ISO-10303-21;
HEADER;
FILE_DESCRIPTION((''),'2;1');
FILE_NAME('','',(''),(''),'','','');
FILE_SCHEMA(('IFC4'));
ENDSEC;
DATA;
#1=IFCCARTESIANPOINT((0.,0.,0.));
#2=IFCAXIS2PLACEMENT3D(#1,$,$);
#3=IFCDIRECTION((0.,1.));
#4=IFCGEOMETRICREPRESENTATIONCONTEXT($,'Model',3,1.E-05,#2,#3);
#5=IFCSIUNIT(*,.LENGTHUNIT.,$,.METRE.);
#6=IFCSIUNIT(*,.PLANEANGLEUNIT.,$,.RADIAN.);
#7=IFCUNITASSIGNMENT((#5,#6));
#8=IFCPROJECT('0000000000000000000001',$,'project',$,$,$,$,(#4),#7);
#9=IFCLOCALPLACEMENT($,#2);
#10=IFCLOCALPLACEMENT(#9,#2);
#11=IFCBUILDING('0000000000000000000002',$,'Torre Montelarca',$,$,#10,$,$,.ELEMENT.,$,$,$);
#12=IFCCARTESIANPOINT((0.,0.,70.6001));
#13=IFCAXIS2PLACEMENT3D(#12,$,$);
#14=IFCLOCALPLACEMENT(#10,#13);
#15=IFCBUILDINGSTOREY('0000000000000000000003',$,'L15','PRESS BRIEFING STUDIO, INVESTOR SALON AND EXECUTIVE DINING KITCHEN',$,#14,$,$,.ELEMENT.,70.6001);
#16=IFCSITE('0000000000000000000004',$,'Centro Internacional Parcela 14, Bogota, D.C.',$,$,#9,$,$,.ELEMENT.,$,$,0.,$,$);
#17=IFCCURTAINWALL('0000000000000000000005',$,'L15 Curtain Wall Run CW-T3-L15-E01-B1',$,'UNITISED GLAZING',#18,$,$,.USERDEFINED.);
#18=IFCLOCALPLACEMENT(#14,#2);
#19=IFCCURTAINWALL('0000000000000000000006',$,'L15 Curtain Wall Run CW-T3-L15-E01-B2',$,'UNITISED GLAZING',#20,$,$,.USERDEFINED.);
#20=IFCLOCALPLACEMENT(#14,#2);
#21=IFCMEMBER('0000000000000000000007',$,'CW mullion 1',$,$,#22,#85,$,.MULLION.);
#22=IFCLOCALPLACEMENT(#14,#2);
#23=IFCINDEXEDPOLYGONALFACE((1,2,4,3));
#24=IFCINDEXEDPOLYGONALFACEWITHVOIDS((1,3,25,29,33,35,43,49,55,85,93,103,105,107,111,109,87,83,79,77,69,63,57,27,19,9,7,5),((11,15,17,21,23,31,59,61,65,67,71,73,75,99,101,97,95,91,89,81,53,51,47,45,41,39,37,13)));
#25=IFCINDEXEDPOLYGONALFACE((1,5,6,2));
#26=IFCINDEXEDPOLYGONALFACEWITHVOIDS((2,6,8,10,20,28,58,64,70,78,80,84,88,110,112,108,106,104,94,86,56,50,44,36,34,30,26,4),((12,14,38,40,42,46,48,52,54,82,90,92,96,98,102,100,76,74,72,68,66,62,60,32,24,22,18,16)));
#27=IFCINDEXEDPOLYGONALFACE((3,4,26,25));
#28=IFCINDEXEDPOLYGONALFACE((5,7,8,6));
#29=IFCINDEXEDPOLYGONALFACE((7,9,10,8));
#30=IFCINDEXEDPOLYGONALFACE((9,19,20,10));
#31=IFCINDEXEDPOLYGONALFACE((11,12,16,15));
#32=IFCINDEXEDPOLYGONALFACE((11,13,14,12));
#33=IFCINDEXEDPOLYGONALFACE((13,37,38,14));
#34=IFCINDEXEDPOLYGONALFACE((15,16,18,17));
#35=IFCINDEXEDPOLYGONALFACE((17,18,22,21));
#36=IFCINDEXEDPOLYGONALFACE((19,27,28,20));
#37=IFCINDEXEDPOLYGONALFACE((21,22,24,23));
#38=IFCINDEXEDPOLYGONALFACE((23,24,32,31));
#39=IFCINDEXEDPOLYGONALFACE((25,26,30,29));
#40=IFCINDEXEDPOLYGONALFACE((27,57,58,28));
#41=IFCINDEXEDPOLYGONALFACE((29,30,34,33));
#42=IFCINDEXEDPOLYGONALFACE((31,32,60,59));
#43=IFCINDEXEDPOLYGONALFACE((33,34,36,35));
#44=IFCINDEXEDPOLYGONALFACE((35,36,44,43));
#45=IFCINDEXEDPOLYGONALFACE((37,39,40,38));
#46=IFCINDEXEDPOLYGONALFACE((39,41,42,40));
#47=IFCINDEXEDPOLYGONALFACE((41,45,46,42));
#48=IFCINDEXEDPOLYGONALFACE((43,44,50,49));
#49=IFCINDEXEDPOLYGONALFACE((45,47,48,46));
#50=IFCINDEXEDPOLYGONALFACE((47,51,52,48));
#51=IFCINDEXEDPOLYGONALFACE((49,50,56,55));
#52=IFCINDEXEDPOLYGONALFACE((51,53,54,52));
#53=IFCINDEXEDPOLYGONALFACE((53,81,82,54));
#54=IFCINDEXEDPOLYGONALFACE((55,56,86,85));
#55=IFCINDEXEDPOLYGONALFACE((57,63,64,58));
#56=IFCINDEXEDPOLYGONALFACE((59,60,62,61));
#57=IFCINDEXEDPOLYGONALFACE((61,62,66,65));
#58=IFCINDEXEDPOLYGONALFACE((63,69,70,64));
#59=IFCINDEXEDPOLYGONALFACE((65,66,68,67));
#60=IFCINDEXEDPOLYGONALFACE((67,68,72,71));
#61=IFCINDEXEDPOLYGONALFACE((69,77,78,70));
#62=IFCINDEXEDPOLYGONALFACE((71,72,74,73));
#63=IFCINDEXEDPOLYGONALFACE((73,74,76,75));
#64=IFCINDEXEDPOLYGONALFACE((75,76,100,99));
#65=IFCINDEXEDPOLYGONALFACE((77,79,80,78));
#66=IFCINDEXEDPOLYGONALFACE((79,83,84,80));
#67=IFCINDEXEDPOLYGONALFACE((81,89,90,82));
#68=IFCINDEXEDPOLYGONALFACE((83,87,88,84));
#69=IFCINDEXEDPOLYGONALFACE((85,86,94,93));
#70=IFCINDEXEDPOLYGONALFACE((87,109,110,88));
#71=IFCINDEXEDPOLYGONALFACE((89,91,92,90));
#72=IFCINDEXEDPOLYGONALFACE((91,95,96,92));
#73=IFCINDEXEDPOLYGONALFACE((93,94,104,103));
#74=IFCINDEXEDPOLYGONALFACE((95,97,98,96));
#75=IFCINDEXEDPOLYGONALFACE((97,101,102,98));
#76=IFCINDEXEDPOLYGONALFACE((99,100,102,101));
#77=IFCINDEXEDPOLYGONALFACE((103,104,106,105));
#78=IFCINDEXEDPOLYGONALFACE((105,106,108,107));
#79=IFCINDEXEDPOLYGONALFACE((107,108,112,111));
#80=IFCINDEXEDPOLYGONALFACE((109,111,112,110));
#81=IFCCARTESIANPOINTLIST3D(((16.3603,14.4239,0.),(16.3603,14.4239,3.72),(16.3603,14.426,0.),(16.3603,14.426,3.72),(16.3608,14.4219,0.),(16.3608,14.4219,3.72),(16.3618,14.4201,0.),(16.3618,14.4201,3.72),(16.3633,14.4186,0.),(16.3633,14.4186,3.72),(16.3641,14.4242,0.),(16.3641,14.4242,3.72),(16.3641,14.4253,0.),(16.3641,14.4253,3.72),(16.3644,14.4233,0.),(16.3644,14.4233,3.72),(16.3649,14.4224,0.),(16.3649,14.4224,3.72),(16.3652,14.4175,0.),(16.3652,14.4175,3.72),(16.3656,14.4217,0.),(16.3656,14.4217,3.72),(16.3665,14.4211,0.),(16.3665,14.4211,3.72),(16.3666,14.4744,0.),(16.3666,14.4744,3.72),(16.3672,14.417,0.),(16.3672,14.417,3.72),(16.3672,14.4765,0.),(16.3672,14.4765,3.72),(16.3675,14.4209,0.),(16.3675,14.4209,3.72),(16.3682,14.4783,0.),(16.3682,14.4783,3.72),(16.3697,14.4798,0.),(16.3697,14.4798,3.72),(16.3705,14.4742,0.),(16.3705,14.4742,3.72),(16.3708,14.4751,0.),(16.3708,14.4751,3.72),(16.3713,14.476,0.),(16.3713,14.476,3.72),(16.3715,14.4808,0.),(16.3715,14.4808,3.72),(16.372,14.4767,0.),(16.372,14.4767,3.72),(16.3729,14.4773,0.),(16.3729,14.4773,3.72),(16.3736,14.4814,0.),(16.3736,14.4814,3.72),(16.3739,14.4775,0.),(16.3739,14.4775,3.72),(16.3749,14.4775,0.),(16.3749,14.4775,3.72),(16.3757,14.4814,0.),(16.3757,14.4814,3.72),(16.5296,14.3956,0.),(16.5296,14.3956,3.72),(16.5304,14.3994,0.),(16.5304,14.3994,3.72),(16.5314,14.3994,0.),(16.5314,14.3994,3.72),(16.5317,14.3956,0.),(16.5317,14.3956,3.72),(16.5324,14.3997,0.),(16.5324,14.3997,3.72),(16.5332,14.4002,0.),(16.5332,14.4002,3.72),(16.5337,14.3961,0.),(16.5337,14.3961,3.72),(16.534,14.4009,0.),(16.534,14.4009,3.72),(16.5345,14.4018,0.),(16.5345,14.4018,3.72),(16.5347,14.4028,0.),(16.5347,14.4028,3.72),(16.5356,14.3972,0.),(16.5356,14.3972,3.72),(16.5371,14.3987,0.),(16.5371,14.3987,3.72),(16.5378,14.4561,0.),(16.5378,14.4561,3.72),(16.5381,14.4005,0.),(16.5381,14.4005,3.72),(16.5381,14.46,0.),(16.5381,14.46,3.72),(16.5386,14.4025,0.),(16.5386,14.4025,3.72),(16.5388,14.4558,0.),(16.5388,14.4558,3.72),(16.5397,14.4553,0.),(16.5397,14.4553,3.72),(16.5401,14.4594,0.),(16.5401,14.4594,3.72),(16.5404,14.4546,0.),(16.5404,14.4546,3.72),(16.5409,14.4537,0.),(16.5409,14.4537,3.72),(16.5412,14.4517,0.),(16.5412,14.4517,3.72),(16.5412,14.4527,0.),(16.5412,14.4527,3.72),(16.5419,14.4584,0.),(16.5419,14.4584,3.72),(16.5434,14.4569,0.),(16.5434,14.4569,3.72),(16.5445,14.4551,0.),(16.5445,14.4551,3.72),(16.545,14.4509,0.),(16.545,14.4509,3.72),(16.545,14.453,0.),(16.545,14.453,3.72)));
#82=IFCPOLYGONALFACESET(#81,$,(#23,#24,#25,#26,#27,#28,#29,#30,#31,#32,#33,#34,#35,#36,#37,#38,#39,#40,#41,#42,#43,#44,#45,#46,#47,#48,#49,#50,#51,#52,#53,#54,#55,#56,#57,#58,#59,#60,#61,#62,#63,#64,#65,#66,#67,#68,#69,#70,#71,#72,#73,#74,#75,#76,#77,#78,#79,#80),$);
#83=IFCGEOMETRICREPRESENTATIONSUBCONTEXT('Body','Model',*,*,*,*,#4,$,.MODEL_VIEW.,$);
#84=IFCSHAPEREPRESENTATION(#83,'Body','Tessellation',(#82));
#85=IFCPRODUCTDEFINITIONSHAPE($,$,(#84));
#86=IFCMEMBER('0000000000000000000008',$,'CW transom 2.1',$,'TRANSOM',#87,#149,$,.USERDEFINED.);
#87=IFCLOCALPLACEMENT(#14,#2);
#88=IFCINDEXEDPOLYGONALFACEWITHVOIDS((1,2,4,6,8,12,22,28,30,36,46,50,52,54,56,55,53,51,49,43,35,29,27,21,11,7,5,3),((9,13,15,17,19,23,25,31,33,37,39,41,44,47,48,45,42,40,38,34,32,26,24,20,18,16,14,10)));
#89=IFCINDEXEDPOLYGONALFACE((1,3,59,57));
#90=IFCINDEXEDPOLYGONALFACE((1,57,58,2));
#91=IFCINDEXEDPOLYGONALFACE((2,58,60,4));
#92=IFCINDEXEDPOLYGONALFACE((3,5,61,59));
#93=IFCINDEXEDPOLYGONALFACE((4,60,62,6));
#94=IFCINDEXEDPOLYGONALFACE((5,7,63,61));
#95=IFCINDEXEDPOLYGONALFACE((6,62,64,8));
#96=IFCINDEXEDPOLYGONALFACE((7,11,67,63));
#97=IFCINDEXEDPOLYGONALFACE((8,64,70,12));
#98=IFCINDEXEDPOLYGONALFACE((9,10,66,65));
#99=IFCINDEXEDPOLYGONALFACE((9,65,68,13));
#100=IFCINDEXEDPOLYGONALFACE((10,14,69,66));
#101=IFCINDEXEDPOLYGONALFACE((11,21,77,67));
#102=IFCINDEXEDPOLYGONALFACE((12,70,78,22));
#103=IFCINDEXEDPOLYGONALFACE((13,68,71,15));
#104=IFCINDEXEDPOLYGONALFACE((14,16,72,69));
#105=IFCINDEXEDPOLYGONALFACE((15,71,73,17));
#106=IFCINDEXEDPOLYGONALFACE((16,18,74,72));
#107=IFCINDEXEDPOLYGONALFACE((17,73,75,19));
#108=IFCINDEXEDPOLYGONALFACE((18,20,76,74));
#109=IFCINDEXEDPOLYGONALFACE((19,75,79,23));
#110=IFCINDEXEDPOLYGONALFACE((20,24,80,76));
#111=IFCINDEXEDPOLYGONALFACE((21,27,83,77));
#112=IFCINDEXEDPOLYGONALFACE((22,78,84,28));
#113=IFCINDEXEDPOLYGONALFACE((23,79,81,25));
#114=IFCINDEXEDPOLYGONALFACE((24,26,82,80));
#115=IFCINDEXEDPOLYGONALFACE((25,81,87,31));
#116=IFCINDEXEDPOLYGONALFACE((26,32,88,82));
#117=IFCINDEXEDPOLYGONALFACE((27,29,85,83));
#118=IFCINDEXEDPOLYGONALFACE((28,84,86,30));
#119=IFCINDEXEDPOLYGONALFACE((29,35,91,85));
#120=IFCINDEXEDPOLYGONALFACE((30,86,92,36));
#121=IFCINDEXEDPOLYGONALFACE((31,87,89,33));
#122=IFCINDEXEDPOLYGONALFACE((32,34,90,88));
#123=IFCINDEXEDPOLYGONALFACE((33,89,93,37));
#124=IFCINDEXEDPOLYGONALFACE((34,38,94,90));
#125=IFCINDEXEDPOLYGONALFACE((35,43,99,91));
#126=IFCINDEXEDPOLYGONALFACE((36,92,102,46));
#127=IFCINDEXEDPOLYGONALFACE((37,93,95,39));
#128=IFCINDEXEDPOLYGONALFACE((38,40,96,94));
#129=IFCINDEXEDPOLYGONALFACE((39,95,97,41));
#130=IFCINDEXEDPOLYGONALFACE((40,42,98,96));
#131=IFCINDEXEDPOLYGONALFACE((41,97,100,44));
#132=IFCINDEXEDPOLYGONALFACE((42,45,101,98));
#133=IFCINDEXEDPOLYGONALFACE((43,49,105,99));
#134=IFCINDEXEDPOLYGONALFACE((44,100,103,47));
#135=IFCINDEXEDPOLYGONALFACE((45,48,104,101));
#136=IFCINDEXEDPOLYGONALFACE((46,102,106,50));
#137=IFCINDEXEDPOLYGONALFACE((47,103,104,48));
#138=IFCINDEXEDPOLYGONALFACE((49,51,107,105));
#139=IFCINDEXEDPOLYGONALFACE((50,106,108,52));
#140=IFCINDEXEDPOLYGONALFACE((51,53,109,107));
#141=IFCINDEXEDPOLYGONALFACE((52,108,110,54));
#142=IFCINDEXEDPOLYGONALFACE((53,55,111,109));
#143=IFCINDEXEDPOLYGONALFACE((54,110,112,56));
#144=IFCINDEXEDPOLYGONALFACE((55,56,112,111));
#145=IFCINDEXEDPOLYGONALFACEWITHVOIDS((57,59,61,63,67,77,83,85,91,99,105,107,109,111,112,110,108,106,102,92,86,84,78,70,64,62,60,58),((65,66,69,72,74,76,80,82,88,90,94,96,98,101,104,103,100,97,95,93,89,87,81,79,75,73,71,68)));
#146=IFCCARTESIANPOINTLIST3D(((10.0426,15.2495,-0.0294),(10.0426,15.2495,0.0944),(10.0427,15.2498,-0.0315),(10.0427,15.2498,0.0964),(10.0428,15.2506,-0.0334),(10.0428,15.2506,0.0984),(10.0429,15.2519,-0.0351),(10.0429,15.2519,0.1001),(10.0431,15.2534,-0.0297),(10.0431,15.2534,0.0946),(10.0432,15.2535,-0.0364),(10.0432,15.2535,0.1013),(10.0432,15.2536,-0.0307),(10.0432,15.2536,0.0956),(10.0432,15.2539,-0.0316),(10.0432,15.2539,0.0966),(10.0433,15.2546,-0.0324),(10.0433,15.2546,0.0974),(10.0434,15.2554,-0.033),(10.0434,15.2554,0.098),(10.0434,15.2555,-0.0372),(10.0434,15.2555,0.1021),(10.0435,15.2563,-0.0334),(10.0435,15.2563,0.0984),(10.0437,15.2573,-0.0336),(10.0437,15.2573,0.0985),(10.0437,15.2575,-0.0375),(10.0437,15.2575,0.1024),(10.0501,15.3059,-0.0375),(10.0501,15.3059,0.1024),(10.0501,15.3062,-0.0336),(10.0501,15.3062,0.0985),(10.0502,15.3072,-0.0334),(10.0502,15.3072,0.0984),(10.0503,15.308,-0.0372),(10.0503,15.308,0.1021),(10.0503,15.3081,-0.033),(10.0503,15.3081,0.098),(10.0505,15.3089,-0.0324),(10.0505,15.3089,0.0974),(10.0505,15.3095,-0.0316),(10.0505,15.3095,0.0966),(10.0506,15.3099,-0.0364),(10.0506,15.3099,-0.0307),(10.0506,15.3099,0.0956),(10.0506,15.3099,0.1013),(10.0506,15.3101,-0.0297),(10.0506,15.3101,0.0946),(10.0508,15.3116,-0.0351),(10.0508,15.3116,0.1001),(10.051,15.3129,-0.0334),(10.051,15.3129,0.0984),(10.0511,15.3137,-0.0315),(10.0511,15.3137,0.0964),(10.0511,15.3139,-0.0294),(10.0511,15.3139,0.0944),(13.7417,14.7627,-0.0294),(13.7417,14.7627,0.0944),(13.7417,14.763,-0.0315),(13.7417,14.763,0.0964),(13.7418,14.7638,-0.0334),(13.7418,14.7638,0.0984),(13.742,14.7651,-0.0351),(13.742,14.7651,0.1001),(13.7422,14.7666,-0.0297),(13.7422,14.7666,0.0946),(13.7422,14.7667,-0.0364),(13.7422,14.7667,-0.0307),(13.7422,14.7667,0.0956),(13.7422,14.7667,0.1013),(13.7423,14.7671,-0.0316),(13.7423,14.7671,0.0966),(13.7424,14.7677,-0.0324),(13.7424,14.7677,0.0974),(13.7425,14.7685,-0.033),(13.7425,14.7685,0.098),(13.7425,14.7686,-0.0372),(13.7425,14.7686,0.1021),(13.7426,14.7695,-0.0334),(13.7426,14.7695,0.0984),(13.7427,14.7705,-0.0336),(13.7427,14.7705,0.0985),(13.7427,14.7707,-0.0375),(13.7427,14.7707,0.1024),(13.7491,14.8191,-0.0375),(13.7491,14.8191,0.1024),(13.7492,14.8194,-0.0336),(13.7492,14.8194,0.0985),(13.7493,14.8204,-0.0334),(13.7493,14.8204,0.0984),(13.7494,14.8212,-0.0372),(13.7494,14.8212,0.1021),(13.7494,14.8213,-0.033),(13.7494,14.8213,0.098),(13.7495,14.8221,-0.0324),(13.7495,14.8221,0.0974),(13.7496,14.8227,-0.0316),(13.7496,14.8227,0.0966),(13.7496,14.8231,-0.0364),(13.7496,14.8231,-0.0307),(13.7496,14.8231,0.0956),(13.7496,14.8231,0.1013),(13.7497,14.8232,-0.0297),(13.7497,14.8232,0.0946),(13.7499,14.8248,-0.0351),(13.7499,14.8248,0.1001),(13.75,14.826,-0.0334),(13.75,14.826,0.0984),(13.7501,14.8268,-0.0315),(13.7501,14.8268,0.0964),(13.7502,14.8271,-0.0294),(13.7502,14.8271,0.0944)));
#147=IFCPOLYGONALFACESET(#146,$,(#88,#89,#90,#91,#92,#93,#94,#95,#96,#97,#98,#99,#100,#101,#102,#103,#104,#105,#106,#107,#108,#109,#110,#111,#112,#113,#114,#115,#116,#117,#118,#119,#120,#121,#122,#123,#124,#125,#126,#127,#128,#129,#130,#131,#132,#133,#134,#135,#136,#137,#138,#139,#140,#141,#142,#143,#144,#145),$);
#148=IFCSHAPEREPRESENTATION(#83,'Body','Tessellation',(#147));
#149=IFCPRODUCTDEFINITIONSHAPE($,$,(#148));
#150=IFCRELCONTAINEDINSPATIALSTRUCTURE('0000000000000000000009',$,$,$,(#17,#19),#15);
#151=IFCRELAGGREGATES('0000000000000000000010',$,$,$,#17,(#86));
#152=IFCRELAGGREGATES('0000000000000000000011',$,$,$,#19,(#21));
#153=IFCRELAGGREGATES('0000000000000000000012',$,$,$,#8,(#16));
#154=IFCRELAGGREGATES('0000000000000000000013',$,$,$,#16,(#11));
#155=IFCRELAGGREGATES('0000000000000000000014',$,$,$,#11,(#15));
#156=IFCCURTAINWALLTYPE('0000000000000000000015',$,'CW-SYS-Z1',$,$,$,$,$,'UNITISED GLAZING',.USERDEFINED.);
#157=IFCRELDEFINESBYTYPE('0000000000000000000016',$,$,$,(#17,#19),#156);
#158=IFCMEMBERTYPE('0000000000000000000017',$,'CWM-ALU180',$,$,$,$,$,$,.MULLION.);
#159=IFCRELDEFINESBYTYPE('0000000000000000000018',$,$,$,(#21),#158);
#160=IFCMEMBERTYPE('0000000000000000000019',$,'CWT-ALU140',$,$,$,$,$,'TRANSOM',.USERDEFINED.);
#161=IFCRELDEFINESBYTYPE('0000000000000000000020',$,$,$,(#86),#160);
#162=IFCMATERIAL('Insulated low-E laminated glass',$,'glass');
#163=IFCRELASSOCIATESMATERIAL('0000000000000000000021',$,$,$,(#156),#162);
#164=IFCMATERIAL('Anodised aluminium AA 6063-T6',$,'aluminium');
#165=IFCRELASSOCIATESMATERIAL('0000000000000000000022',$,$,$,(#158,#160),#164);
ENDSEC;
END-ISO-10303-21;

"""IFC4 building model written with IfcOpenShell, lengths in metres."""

from ifc_helpers import new_model, si_unit, direction, frame, origin, origin_2d, place, context, subcontext, project, spatial, hollow_rectangle, extrude, source, transform, mapped, material, material_profile, profile_set, type_object, element, aggregate, save


model = new_model("IFC4")

# Units and contexts
model_context = context("Model", 3, precision=1e-05, world=origin(), true_north=direction((0.0, 1.0)))
body_context = subcontext(model_context, "Body", "Model", "MODEL_VIEW")
ifc_project = project(units=[si_unit("LENGTHUNIT", "METRE"), si_unit("PLANEANGLEUNIT", "RADIAN")], contexts=[model_context])

# Site, building, storey
site_placement = place(None, origin())
site = spatial("IfcSite", under=ifc_project, at=site_placement, Name="Centro Internacional Parcela 14, Bogota, D.C.", CompositionType="ELEMENT", RefElevation=0.0)
building_placement = place(site_placement, origin())
building = spatial("IfcBuilding", under=site, at=building_placement, Name="Torre Montelarca", CompositionType="ELEMENT")
storey_placement = place(building_placement, frame((0.0, 0.0, 70.6001)))
storey = spatial("IfcBuildingStorey", under=building, at=storey_placement, Name="L15", Description="PRESS BRIEFING STUDIO, INVESTOR SALON AND EXECUTIVE DINING KITCHEN", CompositionType="ELEMENT", Elevation=70.6001)

# Curtain wall
ifc_material_1 = material(Name="Insulated low-E laminated glass", Category="glass")
curtain_wall_type = type_object("IfcCurtainWallType", Name="CW-SYS-Z1", ElementType="UNITISED GLAZING", PredefinedType="USERDEFINED", material=ifc_material_1)
curtain_wall_1_placement = place(storey_placement, origin())
curtain_wall_1 = element("IfcCurtainWall", 1, at=curtain_wall_1_placement, inside=storey, type_object=curtain_wall_type, Name="L15 Curtain Wall Run CW-T3-L15-E01-B1", ObjectType="UNITISED GLAZING", PredefinedType="USERDEFINED")
ifc_material_2 = material(Name="Anodised aluminium AA 6063-T6", Category="aluminium")
ifc_material_profile_1 = material_profile(ifc_material_2, hollow_rectangle(XDim=0.0649, YDim=0.1799, WallThickness=0.0039, InnerFilletRadius=0.0039, OuterFilletRadius=0.0081, at=origin_2d()), Name="ALU65X180X4", Category="aluminium")
ifc_profile_set_1 = profile_set([ifc_material_profile_1], Name="Anodised aluminium AA 6063-T6")
member_type_1 = type_object("IfcMemberType", Name="CWM-ALU180", PredefinedType="MULLION", material=ifc_profile_set_1)
shared_shape_1 = source(origin(), body_context, "Body", "SweptSolid", [
    extrude(hollow_rectangle(XDim=0.0649, YDim=0.1799, WallThickness=0.0039, InnerFilletRadius=0.0039, OuterFilletRadius=0.0081, at=origin_2d()), origin(), (0.0, 0.0, 1.0), 3.72),
])

# Curtain wall, member
curtain_wall_2_placement = place(storey_placement, origin())
curtain_wall_2 = element("IfcCurtainWall", 2, at=curtain_wall_2_placement, inside=storey, type_object=curtain_wall_type, Name="L15 Curtain Wall Run CW-T3-L15-E01-B2", ObjectType="UNITISED GLAZING", PredefinedType="USERDEFINED")
member_1_placement = place(storey_placement, frame((16.4526, 14.4385, 0.0), z_axis=(0.0, 0.0, 1.0), x_axis=(0.130525, 0.991445, 0.0)))
member_1 = element("IfcMember", 3, at=member_1_placement, type_object=member_type_1, Name="CW mullion 1", PredefinedType="MULLION", context=body_context, shape_type="MappedRepresentation", body=[
    mapped(shared_shape_1, transform((0.0, 0.0, 0.0), scale=1.0)),
])

# Member
ifc_material_profile_2 = material_profile(ifc_material_2, hollow_rectangle(XDim=0.0649, YDim=0.1399, WallThickness=0.0039, InnerFilletRadius=0.0039, OuterFilletRadius=0.0081, at=origin_2d()), Name="ALU65X140X4", Category="aluminium")
ifc_profile_set_2 = profile_set([ifc_material_profile_2], Name="Anodised aluminium AA 6063-T6")
member_type_2 = type_object("IfcMemberType", Name="CWT-ALU140", ElementType="TRANSOM", PredefinedType="USERDEFINED", material=ifc_profile_set_2)
shared_shape_2 = source(origin(), body_context, "Body", "SweptSolid", [
    extrude(hollow_rectangle(XDim=0.0649, YDim=0.1399, WallThickness=0.0039, InnerFilletRadius=0.0039, OuterFilletRadius=0.0081, at=origin_2d()), origin(), (0.0, 0.0, 1.0), 3.731),
])
member_2_placement = place(storey_placement, frame((10.0469, 15.2817, 0.0325), z_axis=(0.991451, -0.130483, 0.0), x_axis=(0.130483, 0.991451, 0.0)))
member_2 = element("IfcMember", 4, at=member_2_placement, type_object=member_type_2, Name="CW transom 2.1", ObjectType="TRANSOM", PredefinedType="USERDEFINED", context=body_context, shape_type="MappedRepresentation", body=[
    mapped(shared_shape_2, transform((0.0, 0.0, 0.0), scale=1.0)),
])

aggregate(curtain_wall_1, [member_2])
aggregate(curtain_wall_2, [member_1])

save(model, "model.ifc")
